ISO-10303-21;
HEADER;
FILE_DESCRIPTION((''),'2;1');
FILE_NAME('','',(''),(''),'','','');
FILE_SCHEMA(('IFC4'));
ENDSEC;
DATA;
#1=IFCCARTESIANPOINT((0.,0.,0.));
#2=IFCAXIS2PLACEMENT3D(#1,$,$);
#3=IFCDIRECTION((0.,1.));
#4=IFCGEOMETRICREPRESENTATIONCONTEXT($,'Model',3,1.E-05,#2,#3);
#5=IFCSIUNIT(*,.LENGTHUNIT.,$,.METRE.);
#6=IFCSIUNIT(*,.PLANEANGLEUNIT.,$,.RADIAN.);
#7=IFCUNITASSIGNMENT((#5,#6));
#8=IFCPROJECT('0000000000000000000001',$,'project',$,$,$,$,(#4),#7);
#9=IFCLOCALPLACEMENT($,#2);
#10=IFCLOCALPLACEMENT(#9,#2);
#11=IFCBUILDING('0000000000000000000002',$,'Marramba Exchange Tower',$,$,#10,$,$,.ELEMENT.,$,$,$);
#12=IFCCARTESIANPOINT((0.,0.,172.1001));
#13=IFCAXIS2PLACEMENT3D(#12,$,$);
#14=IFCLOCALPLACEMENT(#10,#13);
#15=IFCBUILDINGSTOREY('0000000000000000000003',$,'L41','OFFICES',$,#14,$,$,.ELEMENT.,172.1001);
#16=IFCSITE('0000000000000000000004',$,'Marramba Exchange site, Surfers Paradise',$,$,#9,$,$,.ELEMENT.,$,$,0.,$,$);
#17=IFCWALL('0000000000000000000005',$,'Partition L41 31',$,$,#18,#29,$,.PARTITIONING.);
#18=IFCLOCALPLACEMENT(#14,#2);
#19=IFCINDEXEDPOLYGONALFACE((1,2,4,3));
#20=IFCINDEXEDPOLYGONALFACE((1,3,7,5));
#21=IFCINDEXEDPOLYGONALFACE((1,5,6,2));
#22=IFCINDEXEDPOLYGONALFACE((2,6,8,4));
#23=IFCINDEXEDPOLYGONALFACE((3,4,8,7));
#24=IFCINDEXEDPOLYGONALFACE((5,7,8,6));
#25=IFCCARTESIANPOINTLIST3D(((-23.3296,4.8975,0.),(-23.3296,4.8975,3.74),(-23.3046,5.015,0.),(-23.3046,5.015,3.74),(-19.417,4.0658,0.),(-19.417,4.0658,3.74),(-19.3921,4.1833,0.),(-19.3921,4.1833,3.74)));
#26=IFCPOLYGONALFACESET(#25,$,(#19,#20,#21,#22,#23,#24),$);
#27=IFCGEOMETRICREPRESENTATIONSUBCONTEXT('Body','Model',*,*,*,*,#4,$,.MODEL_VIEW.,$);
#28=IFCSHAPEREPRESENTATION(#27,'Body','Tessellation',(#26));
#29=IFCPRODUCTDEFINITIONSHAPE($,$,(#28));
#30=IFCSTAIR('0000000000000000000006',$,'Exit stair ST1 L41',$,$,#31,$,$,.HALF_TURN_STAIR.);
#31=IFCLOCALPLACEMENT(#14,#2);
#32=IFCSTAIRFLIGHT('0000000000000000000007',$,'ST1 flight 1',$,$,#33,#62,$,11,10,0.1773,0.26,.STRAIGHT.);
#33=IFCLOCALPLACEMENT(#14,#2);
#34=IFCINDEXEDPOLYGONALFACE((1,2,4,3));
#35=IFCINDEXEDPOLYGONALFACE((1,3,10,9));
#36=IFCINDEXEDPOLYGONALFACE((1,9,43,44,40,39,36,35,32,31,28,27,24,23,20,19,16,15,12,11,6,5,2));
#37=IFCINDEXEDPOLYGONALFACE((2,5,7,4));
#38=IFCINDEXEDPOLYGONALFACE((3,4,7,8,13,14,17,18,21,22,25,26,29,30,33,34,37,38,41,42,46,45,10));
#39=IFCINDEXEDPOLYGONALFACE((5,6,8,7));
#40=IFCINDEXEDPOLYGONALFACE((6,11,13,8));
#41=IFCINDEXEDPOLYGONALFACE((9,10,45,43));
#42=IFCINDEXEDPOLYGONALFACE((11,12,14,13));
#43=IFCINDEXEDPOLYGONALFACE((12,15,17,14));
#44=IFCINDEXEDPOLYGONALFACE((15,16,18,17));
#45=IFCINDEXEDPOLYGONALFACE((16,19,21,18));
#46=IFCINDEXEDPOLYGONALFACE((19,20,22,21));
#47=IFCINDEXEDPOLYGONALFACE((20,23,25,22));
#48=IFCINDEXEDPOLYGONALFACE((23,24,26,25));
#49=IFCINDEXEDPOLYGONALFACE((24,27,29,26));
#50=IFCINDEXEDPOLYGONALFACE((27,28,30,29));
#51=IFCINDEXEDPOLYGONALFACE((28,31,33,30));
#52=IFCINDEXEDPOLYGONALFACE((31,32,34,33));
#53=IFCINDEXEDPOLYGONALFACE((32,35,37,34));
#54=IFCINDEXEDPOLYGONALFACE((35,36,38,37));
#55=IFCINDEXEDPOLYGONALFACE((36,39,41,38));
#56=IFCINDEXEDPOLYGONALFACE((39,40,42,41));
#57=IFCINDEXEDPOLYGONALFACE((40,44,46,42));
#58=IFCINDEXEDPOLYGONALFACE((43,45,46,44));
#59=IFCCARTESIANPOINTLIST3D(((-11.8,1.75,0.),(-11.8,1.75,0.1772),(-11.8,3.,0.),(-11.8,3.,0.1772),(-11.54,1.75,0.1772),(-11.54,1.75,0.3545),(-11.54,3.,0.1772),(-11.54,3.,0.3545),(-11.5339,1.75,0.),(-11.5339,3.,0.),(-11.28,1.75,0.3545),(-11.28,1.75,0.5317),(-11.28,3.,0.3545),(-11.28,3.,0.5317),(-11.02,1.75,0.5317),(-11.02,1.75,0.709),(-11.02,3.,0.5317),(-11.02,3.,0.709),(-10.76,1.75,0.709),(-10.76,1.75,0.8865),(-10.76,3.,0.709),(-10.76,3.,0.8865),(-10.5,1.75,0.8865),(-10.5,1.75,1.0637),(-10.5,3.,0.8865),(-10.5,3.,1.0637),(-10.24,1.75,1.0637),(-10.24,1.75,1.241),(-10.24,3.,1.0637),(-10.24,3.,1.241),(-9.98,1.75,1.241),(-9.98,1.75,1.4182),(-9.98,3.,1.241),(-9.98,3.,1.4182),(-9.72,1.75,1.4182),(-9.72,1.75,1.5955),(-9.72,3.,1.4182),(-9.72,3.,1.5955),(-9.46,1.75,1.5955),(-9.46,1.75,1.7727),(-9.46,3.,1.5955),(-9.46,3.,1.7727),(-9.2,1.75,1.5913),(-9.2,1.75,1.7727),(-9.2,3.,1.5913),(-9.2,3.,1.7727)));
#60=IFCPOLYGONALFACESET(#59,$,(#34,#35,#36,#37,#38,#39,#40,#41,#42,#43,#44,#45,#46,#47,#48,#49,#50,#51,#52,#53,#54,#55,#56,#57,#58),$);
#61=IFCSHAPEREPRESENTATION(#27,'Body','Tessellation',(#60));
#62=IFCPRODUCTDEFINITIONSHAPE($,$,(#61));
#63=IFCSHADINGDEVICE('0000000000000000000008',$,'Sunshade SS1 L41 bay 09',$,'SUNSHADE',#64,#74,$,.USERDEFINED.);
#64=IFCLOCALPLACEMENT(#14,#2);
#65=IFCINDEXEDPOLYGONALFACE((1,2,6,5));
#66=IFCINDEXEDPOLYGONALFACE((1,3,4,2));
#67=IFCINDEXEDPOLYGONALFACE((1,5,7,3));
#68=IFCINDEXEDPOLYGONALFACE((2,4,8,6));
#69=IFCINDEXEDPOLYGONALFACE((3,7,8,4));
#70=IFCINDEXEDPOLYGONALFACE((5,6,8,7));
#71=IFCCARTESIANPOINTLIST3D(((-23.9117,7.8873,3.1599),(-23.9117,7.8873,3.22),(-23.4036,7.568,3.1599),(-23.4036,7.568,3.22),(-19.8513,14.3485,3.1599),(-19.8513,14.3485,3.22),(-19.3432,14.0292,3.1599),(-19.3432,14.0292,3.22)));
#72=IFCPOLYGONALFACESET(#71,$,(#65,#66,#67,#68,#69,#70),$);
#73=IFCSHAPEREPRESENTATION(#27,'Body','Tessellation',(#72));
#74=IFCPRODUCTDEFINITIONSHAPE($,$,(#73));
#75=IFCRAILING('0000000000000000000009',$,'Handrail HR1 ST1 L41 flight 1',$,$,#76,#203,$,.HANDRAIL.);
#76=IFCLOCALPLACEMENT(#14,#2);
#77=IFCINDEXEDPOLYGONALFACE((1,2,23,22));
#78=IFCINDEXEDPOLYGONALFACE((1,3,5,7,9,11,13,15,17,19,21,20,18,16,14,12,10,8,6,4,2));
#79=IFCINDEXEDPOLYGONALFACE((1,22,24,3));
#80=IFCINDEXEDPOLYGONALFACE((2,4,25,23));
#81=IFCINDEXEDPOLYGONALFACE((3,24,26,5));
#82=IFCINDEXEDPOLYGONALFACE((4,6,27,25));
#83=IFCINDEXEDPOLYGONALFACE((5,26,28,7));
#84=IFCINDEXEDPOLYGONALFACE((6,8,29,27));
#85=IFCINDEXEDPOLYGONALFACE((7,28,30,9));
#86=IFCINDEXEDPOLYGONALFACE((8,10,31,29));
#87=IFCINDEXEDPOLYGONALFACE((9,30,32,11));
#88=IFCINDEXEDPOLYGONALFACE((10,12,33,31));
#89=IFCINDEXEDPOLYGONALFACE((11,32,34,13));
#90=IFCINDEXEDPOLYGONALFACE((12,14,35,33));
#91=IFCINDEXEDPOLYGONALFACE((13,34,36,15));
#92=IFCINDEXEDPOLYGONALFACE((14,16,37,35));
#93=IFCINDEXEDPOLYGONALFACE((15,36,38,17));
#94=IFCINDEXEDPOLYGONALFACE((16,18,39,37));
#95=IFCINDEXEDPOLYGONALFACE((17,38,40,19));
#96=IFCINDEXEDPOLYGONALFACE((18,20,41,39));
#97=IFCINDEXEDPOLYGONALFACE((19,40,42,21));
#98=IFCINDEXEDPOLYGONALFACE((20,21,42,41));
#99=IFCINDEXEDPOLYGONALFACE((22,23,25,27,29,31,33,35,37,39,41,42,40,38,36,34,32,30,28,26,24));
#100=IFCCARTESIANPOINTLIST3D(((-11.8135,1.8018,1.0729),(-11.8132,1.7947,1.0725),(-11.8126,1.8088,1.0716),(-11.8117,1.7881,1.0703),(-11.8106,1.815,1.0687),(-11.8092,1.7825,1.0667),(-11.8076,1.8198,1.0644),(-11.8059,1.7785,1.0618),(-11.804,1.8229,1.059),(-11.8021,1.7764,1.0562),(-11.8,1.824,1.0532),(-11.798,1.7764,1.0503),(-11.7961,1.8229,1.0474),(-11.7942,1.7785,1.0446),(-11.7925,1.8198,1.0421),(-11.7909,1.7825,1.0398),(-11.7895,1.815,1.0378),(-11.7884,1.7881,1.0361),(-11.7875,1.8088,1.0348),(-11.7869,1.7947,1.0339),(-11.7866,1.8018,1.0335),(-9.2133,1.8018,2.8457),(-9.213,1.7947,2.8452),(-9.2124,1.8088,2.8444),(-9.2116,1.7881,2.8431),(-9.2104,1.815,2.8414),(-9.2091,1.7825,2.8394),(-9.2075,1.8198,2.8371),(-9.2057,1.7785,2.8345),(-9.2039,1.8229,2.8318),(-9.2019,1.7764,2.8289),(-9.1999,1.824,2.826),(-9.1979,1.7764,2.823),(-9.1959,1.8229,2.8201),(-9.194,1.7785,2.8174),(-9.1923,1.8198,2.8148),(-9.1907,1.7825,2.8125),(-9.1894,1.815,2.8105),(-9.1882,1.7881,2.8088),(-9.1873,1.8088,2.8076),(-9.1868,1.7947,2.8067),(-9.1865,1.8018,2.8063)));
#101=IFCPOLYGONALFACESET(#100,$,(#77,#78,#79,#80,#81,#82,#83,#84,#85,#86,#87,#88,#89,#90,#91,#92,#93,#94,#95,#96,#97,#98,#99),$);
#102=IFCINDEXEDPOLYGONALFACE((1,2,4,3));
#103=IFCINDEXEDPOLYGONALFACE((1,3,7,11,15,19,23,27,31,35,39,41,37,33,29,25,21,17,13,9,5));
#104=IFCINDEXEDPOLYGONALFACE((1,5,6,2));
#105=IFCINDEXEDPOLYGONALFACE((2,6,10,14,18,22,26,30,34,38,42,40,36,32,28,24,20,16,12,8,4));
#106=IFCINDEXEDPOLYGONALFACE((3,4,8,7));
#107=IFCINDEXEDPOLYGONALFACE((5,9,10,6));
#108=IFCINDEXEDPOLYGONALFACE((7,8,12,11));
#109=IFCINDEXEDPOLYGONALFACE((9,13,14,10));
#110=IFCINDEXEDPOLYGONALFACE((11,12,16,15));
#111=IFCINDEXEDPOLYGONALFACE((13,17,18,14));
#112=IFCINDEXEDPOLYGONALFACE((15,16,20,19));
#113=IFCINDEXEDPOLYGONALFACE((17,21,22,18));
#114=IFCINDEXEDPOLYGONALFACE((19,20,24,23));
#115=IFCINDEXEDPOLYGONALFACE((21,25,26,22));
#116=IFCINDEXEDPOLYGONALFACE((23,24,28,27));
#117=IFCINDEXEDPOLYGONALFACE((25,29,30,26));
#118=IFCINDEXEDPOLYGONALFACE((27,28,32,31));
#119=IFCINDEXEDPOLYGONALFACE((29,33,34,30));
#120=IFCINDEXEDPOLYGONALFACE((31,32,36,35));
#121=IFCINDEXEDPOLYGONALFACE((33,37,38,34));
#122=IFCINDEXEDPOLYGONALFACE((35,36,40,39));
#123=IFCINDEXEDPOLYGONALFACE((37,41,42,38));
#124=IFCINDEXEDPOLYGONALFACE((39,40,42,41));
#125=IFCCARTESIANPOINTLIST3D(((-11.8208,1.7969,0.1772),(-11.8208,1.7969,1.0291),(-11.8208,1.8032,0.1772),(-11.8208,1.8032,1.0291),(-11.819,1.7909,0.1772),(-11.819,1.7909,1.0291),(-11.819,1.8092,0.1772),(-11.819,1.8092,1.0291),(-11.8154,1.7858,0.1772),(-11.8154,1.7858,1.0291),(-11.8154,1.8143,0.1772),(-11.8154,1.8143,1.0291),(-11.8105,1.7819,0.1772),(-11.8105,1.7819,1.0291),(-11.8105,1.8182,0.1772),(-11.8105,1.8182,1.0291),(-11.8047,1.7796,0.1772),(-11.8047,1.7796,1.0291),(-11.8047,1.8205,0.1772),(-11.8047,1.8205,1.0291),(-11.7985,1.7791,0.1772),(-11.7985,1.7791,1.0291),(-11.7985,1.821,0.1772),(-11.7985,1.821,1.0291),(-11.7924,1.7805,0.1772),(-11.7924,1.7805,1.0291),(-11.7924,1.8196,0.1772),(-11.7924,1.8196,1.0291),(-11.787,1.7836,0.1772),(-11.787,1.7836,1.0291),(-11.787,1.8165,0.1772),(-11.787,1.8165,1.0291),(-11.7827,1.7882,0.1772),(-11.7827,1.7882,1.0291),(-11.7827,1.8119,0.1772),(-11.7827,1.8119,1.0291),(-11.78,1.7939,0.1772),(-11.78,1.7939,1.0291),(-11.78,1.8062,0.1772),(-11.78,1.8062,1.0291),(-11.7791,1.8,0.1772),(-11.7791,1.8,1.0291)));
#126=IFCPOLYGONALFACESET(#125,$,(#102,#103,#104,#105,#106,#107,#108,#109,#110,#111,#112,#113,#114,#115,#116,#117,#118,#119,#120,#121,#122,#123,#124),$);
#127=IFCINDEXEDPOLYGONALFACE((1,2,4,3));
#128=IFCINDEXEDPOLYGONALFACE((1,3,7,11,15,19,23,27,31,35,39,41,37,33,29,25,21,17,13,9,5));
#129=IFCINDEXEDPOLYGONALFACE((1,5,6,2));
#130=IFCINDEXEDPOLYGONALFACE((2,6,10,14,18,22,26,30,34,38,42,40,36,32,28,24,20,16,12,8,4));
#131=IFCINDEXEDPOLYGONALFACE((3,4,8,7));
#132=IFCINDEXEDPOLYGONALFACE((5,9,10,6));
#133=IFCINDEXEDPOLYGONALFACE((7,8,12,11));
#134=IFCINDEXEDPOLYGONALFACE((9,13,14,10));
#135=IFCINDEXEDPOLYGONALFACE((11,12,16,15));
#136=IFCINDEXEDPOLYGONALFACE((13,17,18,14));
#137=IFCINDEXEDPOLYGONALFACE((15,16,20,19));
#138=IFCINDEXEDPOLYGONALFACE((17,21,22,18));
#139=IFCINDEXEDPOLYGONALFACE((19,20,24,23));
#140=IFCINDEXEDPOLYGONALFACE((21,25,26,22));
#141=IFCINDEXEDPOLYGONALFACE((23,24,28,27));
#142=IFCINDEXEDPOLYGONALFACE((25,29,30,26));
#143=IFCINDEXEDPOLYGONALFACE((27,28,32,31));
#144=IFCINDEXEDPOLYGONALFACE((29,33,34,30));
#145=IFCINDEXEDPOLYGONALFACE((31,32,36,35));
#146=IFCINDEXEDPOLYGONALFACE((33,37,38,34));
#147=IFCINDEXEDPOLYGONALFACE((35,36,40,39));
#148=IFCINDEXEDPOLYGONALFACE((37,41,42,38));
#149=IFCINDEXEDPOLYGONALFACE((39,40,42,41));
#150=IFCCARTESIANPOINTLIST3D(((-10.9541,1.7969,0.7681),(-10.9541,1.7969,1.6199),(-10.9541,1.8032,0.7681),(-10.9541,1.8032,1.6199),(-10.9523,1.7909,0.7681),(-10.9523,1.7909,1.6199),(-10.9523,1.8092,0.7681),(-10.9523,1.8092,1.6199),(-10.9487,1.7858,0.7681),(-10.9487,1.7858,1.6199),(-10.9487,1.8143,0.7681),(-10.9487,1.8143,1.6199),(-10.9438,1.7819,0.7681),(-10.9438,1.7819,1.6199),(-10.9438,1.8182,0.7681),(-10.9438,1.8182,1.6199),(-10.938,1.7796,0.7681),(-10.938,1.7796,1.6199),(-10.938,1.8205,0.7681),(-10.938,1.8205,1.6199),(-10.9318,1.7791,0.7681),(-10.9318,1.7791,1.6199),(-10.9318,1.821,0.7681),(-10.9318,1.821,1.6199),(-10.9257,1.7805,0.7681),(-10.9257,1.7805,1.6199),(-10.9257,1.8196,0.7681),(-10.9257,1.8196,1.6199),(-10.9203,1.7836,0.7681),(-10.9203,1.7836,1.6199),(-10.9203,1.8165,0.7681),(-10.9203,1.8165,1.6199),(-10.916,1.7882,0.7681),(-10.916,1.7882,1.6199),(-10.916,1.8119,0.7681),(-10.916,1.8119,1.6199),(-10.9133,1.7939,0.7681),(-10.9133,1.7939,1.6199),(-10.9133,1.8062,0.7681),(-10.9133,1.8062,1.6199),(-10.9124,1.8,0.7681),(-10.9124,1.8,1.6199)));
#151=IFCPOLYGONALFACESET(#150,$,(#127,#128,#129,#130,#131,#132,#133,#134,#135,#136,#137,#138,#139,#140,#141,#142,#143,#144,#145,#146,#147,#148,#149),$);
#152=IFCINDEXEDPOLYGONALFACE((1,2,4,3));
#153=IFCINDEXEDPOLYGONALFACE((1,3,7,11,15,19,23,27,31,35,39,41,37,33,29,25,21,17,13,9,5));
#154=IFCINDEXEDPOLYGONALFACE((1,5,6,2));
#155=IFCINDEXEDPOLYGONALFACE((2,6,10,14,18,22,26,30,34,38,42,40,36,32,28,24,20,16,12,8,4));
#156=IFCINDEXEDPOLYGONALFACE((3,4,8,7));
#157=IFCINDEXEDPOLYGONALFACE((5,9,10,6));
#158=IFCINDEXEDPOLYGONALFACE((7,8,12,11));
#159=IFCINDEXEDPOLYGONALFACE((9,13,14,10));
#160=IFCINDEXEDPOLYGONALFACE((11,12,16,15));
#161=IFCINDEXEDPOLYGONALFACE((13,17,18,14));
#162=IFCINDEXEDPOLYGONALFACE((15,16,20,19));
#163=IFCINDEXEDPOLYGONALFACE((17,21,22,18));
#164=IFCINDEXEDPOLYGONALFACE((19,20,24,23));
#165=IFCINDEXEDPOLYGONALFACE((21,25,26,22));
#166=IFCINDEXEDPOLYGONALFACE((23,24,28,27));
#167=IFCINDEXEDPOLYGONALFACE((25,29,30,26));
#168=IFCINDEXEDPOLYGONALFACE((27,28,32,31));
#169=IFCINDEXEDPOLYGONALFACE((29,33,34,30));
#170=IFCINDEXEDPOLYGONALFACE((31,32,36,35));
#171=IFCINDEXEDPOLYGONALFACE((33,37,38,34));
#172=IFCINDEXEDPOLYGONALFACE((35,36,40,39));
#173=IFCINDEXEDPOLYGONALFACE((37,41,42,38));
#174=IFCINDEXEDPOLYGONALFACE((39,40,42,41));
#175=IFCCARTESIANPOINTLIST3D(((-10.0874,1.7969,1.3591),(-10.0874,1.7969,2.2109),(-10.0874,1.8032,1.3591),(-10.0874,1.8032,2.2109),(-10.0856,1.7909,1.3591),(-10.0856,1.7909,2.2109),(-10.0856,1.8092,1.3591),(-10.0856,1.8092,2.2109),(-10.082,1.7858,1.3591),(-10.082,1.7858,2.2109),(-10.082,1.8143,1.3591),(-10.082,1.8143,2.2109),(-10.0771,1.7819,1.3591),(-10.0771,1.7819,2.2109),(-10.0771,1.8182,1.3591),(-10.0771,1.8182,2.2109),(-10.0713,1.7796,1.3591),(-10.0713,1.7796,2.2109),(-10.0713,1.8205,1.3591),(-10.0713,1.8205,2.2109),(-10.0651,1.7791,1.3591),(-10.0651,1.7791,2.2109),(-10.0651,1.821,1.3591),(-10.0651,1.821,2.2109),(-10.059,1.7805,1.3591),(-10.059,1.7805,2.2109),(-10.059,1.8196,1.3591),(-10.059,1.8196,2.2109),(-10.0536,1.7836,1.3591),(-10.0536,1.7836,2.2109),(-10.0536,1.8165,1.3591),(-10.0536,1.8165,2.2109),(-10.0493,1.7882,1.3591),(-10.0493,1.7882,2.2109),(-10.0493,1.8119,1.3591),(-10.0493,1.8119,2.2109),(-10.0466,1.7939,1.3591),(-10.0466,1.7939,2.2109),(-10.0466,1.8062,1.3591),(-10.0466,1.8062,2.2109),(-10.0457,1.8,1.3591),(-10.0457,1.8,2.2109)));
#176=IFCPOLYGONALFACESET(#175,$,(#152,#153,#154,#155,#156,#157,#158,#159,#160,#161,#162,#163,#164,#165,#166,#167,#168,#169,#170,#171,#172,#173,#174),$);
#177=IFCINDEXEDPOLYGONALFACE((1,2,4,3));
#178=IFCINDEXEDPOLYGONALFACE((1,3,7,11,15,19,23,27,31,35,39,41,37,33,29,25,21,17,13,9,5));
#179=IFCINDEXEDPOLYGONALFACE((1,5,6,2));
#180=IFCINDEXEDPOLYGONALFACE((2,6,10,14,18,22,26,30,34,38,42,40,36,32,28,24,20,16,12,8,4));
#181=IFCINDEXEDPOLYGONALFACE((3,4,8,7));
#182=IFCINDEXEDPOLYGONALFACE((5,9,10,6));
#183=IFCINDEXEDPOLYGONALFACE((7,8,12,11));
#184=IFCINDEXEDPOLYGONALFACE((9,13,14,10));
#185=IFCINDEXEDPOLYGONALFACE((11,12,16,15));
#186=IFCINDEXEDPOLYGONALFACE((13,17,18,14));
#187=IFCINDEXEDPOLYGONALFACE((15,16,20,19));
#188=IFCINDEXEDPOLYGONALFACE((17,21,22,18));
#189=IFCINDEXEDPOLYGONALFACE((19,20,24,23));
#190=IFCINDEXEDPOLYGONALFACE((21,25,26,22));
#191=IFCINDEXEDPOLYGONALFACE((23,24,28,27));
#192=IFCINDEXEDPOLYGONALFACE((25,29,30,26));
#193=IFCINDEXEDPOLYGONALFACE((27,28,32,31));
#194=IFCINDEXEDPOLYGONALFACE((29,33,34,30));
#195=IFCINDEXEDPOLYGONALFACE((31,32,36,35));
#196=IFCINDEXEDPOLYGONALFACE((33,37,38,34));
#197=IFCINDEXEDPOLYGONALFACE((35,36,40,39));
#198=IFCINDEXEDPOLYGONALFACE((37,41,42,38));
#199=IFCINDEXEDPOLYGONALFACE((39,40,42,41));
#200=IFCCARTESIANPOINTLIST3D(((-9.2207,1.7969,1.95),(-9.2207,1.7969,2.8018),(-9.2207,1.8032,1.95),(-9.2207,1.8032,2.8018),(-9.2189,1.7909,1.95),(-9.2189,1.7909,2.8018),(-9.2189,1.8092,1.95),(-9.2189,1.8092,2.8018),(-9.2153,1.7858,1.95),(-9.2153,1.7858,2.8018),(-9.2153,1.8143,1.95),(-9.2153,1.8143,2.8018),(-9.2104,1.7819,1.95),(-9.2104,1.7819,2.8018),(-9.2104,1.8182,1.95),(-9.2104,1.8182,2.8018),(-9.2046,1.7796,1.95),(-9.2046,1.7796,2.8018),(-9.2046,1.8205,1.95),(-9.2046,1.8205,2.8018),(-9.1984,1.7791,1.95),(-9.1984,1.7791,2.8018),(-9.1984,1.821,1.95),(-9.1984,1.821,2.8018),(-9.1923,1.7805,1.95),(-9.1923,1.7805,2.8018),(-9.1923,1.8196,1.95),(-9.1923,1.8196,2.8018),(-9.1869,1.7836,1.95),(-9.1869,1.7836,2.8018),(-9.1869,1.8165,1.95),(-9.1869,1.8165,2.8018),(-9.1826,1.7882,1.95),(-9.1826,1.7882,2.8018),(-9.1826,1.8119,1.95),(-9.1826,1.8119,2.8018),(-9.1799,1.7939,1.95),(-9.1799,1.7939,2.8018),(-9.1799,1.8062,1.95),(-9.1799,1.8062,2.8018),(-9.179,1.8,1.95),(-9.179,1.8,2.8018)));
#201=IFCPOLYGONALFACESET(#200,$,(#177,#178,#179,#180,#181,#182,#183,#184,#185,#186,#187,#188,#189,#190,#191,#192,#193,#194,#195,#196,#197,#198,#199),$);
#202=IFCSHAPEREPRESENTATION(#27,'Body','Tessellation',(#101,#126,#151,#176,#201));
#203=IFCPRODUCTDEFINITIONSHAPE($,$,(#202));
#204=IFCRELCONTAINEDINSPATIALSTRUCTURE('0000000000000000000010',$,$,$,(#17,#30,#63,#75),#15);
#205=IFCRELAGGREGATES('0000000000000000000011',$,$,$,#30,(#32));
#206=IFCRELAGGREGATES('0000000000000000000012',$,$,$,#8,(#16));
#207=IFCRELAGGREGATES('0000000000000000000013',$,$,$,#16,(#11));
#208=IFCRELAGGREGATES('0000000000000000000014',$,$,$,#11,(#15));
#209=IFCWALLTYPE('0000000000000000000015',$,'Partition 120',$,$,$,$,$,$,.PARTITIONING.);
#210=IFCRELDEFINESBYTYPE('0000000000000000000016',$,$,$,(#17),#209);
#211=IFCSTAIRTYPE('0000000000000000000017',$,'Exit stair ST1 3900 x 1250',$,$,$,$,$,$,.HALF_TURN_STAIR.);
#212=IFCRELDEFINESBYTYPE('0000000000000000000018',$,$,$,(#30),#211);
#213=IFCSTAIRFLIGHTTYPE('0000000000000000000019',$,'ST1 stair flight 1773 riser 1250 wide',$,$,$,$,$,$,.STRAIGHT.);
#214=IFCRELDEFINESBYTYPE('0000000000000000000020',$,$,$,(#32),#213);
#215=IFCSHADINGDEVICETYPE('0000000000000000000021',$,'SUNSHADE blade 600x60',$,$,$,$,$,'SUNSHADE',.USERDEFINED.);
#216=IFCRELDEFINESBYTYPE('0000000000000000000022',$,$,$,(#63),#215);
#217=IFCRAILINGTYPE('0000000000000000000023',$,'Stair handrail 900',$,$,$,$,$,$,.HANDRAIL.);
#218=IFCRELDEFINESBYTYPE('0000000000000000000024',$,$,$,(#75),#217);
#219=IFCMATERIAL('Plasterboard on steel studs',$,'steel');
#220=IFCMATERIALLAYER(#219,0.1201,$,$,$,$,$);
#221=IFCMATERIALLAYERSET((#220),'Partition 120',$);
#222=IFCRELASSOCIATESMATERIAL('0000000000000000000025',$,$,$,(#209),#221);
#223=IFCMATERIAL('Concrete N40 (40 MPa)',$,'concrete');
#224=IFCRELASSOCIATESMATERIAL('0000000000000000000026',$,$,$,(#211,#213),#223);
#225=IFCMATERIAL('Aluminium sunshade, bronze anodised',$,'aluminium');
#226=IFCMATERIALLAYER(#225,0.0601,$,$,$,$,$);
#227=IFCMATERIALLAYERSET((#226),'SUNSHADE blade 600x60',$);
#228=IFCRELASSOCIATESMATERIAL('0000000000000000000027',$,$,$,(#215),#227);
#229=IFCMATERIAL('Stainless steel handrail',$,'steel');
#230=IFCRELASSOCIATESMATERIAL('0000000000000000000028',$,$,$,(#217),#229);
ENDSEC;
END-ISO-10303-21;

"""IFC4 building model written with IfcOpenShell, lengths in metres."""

from ifc_helpers import new_model, si_unit, direction, frame, frame_2d, origin, origin_2d, place, context, subcontext, project, spatial, polyline, rectangle, circle, outline, extrude, material, layer, layer_set, type_object, element, aggregate, save


model = new_model("IFC4")

# Units and contexts
model_context = context("Model", 3, precision=1e-05, world=origin(), true_north=direction((0.0, 1.0)))
body_context = subcontext(model_context, "Body", "Model", "MODEL_VIEW")
ifc_project = project(units=[si_unit("LENGTHUNIT", "METRE"), si_unit("PLANEANGLEUNIT", "RADIAN")], contexts=[model_context])

# Site, building, storey
site_placement = place(None, origin())
site = spatial("IfcSite", under=ifc_project, at=site_placement, Name="Marramba Exchange site, Surfers Paradise", CompositionType="ELEMENT", RefElevation=0.0)
building_placement = place(site_placement, origin())
building = spatial("IfcBuilding", under=site, at=building_placement, Name="Marramba Exchange Tower", CompositionType="ELEMENT")
storey_placement = place(building_placement, frame((0.0, 0.0, 172.1001)))
storey = spatial("IfcBuildingStorey", under=building, at=storey_placement, Name="L41", Description="OFFICES", CompositionType="ELEMENT", Elevation=172.1001)

# Wall
ifc_material_1 = material(Name="Plasterboard on steel studs", Category="steel")
ifc_layer_1 = layer(ifc_material_1, 0.1201)
ifc_layer_set_1 = layer_set([ifc_layer_1], Name="Partition 120")
wall_type_1 = type_object("IfcWallType", Name="Partition 120", PredefinedType="PARTITIONING", material=ifc_layer_set_1)
wall_1_placement = place(storey_placement, frame((-19.4045, 4.1245, 0.0), z_axis=(0.0, 0.0, 1.0), x_axis=(-0.978141, 0.207945, 0.0)))
element("IfcWall", 1, at=wall_1_placement, inside=storey, type_object=wall_type_1, Name="Partition L41 31", PredefinedType="PARTITIONING", context=body_context, shape_type="SweptSolid", body=[
    extrude(rectangle(XDim=4.0, YDim=0.1201, at=frame_2d((2.0, 0.0))), origin(), (0.0, 0.0, 1.0), 3.74),
])

# Stair, stair flight
ifc_material_2 = material(Name="Concrete N40 (40 MPa)", Category="concrete")
stair_type = type_object("IfcStairType", Name="Exit stair ST1 3900 x 1250", PredefinedType="HALF_TURN_STAIR", material=ifc_material_2)
stair_placement = place(storey_placement, origin())
stair = element("IfcStair", 2, at=stair_placement, inside=storey, type_object=stair_type, Name="Exit stair ST1 L41", PredefinedType="HALF_TURN_STAIR")
stair_flight_type = type_object("IfcStairFlightType", Name="ST1 stair flight 1773 riser 1250 wide", PredefinedType="STRAIGHT", material=ifc_material_2)
stair_flight_placement = place(storey_placement, frame((-11.8, 2.375, 0.0), z_axis=(0.0, 0.0, 1.0), x_axis=(1.0, 0.0, 0.0)))
stair_flight = element("IfcStairFlight", 3, at=stair_flight_placement, type_object=stair_flight_type, Name="ST1 flight 1", NumberOfRisers=11, NumberOfTreads=10, PredefinedType="STRAIGHT", RiserHeight=0.1773, TreadLength=0.26, context=body_context, shape_type="SweptSolid", body=[
    extrude(outline(polyline([(0.0, 0.0), (0.0, 0.1772), (0.26, 0.1772), (0.26, 0.3545), (0.52, 0.3545), (0.52, 0.5317), (0.78, 0.5317), (0.78, 0.709), (1.04, 0.709), (1.04, 0.8865), (1.3, 0.8865), (1.3, 1.0637), (1.5601, 1.0637), (1.5601, 1.241), (1.8201, 1.241), (1.8201, 1.4182), (2.0801, 1.4182), (2.0801, 1.5955), (2.3401, 1.5955), (2.3401, 1.7727), (2.6001, 1.7727), (2.6001, 1.95), (2.6001, 1.5913), (0.2661, 0.0), (0.0, 0.0)])), frame((0.0, 0.625, 0.0), z_axis=(0.0, -1.0, 0.0), x_axis=(1.0, 0.0, 0.0)), (0.0, 0.0, 1.0), 1.25),
])
aggregate(stair, [stair_flight])

# Shading device
ifc_material_3 = material(Name="Aluminium sunshade, bronze anodised", Category="aluminium")
ifc_layer_2 = layer(ifc_material_3, 0.0601)
ifc_layer_set_2 = layer_set([ifc_layer_2], Name="SUNSHADE blade 600x60")
shading_device_type = type_object("IfcShadingDeviceType", Name="SUNSHADE blade 600x60", ElementType="SUNSHADE", PredefinedType="USERDEFINED", material=ifc_layer_set_2)
shading_device_placement = place(storey_placement, frame((-21.6274, 10.9583, 3.1599), z_axis=(0.0, 0.0, 1.0), x_axis=(-0.532082, -0.846693, 0.0)))
element("IfcShadingDevice", 4, at=shading_device_placement, inside=storey, type_object=shading_device_type, Name="Sunshade SS1 L41 bay 09", ObjectType="SUNSHADE", PredefinedType="USERDEFINED", context=body_context, shape_type="SweptSolid", body=[
    extrude(rectangle(XDim=7.6311, YDim=0.6001, at=origin_2d()), origin(), (0.0, 0.0, 1.0), 0.0601),
])

# Railing
ifc_material_4 = material(Name="Stainless steel handrail", Category="steel")
railing_type = type_object("IfcRailingType", Name="Stair handrail 900", PredefinedType="HANDRAIL", material=ifc_material_4)
railing_placement = place(storey_placement, frame((-11.8, 1.8, 0.1772)))
element("IfcRailing", 5, at=railing_placement, inside=storey, type_object=railing_type, Name="Handrail HR1 ST1 L41 flight 1", PredefinedType="HANDRAIL", context=body_context, shape_type="SweptSolid", body=[
    extrude(circle(Radius=0.0239, at=origin_2d()), frame((0.0, 0.0, 0.876), z_axis=(0.82624, 0.0, 0.563318), x_axis=(0.0, 1.0, 0.0)), (0.0, 0.0, 1.0), 3.147),
    extrude(circle(Radius=0.021, at=origin_2d()), origin(), (0.0, 0.0, 1.0), 0.8518),
    extrude(circle(Radius=0.021, at=origin_2d()), frame((0.8667, 0.0, 0.5908)), (0.0, 0.0, 1.0), 0.8518),
    extrude(circle(Radius=0.021, at=origin_2d()), frame((1.7334, 0.0, 1.1819)), (0.0, 0.0, 1.0), 0.8518),
    extrude(circle(Radius=0.021, at=origin_2d()), frame((2.6001, 0.0, 1.7727)), (0.0, 0.0, 1.0), 0.8518),
])

save(model, "model.ifc")
